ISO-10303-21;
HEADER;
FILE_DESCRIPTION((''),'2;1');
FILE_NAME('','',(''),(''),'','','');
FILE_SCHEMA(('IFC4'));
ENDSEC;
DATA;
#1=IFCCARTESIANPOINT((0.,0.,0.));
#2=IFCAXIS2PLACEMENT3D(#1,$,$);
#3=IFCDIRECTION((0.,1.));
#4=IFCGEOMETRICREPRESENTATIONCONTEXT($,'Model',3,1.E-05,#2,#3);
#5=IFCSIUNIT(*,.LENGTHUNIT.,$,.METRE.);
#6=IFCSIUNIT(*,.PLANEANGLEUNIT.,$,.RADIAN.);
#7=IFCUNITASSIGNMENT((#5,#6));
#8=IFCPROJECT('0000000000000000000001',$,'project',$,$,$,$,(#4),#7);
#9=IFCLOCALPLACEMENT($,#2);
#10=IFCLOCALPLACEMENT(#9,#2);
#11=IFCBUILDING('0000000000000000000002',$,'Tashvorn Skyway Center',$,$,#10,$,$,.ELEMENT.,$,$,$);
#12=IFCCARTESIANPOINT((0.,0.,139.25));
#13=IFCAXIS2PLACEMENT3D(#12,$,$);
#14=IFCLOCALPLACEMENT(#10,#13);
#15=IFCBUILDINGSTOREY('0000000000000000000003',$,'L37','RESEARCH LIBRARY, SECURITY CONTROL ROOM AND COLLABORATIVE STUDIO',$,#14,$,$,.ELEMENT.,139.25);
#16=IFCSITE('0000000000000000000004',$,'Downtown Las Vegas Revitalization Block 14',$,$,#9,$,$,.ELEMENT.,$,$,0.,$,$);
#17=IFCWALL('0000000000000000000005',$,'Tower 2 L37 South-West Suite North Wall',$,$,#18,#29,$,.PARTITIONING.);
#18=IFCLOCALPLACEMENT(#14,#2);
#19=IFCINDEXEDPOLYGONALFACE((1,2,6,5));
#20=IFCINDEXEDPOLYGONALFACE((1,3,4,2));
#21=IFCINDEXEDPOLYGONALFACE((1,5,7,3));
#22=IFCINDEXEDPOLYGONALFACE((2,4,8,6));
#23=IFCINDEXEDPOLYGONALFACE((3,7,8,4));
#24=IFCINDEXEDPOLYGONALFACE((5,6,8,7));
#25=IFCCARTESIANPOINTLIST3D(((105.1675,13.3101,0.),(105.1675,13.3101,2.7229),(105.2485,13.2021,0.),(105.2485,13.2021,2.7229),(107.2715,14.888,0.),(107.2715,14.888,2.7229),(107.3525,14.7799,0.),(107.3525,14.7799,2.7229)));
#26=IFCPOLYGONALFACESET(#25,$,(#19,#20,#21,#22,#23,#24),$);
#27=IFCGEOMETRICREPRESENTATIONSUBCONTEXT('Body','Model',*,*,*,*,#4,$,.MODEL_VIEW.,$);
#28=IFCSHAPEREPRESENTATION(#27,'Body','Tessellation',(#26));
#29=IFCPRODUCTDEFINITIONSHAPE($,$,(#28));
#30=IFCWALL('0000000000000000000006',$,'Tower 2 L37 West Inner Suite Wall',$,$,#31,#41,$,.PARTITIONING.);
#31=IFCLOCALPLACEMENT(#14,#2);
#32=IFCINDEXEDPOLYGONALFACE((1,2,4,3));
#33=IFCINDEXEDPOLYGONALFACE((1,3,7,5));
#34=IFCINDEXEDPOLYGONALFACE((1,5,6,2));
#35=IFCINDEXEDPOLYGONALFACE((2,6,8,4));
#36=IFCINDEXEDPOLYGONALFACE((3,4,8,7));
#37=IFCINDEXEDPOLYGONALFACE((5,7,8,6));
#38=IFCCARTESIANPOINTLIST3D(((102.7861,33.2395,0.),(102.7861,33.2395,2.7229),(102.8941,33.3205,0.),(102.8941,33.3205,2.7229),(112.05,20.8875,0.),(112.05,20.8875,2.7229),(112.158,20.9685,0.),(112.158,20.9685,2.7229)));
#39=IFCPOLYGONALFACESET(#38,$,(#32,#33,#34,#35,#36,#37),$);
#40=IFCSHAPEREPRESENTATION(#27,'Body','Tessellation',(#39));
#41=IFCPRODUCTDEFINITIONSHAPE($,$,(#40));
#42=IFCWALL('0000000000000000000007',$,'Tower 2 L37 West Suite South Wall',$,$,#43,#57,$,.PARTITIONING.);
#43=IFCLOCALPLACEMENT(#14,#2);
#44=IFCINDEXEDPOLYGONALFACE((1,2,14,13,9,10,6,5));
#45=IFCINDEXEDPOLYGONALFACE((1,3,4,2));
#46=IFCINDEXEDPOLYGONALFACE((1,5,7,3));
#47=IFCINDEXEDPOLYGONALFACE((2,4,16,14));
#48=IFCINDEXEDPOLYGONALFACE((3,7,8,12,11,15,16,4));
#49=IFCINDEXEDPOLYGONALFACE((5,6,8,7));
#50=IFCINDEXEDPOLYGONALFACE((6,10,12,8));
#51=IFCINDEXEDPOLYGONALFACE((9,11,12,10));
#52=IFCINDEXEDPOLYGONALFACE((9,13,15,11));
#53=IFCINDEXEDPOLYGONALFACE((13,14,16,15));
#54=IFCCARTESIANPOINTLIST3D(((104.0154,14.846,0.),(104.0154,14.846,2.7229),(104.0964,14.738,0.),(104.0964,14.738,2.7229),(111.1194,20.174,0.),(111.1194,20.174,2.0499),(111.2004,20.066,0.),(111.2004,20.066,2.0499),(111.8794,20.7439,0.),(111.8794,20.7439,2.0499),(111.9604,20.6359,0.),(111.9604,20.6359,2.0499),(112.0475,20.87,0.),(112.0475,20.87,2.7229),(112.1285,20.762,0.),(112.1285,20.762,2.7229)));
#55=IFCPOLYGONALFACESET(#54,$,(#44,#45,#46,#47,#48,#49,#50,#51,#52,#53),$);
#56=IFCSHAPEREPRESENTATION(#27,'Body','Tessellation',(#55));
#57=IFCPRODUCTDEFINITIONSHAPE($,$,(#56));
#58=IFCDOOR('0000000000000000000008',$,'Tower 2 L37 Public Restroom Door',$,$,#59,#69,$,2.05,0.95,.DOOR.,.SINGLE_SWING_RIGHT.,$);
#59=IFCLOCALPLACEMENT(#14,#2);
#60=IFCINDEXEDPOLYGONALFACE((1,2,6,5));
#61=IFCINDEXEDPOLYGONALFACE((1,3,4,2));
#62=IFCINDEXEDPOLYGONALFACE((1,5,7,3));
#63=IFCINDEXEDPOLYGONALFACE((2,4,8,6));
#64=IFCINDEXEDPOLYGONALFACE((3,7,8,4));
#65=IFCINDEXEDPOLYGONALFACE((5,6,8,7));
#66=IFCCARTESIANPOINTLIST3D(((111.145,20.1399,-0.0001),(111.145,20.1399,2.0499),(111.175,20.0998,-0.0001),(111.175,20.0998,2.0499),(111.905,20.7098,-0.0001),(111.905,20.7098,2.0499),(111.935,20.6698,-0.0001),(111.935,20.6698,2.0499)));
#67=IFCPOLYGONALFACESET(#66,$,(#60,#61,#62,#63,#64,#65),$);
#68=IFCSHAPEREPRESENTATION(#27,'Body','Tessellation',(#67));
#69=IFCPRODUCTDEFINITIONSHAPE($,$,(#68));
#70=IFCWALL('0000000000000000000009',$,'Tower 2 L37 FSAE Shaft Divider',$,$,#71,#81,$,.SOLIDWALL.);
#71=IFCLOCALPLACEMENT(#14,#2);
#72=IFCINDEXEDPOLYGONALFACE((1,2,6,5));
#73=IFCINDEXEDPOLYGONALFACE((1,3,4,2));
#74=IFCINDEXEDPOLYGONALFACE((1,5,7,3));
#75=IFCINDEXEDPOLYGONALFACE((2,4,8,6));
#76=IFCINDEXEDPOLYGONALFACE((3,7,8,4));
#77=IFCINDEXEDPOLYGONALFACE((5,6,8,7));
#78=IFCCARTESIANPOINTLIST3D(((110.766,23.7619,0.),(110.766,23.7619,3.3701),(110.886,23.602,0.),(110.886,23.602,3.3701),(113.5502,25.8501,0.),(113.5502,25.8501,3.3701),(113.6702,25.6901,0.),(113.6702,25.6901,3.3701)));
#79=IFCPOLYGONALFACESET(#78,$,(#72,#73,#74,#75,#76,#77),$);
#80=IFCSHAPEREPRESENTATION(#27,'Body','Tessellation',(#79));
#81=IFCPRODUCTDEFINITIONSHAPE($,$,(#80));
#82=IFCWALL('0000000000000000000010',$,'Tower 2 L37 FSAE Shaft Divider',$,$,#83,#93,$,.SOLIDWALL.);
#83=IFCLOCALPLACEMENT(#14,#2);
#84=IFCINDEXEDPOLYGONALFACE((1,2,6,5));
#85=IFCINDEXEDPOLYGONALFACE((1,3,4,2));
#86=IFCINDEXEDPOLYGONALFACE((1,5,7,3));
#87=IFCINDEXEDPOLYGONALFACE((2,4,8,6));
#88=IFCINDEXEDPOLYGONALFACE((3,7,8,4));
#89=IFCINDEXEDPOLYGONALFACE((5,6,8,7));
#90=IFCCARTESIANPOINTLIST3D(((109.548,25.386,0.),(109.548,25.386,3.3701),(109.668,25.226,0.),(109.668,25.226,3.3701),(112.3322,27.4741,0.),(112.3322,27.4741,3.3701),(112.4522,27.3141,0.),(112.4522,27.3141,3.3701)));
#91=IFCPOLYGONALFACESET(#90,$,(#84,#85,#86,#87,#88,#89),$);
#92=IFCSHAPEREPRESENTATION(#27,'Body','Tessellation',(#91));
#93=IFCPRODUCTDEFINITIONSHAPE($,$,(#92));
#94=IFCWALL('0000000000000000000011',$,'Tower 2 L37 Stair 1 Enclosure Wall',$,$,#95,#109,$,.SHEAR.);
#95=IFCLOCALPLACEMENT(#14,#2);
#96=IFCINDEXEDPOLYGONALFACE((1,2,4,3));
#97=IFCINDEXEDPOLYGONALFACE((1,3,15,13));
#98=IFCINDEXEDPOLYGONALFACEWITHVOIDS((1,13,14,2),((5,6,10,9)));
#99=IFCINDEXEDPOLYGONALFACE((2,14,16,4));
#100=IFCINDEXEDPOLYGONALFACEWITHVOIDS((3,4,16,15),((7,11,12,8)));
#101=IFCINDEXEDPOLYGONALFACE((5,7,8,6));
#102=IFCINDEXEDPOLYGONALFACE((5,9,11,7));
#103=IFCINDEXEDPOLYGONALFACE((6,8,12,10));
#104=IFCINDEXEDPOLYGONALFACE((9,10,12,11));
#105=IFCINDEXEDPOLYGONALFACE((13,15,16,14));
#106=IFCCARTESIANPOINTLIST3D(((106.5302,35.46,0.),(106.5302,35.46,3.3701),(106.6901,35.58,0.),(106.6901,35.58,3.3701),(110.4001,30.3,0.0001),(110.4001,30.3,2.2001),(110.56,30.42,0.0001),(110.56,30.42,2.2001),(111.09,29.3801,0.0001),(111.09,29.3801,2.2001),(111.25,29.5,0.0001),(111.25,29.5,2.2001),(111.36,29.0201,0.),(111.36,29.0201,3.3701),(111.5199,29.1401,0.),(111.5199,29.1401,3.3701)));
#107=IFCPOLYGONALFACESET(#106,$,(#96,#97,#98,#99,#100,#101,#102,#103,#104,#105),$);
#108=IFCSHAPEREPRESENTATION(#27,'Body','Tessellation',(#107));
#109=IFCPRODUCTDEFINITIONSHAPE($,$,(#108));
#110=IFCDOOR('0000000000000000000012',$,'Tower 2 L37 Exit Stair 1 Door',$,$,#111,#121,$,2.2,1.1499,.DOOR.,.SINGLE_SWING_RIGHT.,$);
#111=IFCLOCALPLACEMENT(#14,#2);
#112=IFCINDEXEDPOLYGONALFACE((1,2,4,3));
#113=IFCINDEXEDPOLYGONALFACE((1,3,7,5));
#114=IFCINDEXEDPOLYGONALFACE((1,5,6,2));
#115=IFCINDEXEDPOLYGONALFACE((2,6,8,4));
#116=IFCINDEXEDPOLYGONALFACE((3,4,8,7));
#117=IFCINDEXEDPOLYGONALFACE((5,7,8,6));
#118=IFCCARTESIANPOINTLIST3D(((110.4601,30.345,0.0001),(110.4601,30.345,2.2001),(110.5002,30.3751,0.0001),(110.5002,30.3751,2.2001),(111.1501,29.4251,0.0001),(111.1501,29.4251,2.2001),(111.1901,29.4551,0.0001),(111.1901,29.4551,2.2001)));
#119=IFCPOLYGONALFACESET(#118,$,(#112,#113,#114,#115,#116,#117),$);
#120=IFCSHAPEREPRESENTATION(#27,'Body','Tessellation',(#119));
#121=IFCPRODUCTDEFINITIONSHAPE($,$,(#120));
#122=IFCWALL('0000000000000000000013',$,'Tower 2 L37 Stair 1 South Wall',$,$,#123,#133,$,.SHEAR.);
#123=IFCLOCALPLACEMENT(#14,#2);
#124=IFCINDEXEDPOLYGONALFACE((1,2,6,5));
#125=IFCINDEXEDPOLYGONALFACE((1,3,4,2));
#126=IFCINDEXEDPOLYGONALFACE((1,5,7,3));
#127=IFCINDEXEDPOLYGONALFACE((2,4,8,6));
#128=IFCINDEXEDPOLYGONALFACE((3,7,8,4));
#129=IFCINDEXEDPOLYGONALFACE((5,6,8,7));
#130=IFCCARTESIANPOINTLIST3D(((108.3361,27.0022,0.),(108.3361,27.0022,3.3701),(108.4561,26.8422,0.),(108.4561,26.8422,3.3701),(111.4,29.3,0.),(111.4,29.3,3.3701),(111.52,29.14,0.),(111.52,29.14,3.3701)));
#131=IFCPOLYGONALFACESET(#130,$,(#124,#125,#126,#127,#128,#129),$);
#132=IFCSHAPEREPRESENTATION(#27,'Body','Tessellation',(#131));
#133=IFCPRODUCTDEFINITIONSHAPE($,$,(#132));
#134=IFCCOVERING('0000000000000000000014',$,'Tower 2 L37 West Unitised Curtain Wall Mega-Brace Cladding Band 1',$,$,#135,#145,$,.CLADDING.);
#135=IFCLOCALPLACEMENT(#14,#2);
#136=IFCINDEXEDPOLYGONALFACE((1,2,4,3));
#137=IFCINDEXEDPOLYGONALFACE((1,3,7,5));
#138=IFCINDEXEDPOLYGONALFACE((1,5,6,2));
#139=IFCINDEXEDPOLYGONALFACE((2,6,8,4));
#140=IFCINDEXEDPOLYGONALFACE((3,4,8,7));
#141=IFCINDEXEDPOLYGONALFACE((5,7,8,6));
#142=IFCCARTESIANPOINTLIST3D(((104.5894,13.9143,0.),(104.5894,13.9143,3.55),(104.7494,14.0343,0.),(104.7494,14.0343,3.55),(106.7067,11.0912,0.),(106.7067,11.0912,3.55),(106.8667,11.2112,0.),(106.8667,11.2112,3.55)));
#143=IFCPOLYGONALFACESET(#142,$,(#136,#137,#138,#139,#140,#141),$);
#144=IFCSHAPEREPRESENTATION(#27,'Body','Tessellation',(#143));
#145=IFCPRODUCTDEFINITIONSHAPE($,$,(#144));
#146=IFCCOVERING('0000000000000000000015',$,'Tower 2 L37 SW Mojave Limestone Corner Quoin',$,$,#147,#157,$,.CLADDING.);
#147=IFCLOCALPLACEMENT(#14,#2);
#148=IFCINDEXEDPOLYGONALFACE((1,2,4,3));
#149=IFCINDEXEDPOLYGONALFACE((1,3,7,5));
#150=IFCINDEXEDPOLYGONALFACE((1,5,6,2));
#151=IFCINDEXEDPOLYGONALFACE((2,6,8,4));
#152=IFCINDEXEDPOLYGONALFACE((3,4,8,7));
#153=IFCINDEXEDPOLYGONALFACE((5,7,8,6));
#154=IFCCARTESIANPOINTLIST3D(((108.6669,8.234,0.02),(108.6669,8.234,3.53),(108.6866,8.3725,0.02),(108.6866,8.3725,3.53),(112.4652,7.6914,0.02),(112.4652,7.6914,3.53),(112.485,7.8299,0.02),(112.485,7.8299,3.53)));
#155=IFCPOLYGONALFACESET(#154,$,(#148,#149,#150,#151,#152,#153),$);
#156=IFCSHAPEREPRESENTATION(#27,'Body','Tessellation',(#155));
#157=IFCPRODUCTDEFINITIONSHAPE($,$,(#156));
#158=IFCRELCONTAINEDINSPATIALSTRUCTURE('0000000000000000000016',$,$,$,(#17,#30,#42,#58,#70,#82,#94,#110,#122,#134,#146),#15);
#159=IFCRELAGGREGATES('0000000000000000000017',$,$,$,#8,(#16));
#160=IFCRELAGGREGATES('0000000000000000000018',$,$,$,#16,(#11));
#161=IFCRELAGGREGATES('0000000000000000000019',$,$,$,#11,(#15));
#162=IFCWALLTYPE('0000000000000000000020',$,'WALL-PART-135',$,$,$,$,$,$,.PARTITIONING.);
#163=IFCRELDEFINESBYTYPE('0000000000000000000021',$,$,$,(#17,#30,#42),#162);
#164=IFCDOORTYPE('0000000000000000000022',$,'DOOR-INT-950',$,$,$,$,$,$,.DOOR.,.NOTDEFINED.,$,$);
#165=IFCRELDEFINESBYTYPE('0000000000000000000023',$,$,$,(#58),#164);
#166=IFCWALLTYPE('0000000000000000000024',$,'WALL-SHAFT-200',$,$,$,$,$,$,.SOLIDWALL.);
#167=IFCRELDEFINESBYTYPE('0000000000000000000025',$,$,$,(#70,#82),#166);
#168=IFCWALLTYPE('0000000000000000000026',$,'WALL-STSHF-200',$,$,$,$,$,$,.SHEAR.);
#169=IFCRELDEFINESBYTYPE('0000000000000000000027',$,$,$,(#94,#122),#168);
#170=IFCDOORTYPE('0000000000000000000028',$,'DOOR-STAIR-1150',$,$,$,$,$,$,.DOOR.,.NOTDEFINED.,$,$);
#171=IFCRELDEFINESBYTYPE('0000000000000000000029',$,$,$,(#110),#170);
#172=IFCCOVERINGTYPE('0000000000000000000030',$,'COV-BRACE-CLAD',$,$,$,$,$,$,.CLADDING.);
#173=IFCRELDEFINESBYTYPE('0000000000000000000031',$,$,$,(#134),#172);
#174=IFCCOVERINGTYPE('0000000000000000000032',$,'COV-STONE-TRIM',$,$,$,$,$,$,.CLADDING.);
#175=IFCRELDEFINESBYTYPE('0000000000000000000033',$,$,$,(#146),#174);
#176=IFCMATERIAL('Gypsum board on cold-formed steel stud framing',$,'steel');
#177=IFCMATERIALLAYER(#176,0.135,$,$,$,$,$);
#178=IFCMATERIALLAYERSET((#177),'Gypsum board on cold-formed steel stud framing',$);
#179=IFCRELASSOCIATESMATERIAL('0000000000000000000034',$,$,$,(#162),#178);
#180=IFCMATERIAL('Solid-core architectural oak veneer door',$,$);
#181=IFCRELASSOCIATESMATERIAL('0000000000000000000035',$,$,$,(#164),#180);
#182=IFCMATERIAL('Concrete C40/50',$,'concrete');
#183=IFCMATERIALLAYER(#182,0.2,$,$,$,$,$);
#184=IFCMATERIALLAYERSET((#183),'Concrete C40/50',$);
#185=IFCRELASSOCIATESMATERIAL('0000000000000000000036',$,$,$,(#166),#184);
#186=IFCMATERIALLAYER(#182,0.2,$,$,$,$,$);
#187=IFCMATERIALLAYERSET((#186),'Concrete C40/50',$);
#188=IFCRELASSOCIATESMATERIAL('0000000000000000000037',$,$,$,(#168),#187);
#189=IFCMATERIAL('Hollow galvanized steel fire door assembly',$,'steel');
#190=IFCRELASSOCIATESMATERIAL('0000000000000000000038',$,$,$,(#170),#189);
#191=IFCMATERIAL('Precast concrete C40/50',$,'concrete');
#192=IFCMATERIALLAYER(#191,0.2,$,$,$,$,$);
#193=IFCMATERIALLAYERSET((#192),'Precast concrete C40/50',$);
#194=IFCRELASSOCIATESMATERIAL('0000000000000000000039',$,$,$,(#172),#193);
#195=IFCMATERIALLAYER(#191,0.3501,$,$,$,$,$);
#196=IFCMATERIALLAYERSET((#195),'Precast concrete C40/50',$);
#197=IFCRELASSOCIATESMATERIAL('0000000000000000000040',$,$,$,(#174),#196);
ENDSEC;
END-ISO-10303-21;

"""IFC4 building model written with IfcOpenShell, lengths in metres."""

from ifc_helpers import new_model, si_unit, direction, frame, frame_2d, origin, origin_2d, place, context, subcontext, project, spatial, rectangle, extrude, material, layer, layer_set, type_object, element, fill, save


model = new_model("IFC4")

# Units and contexts
model_context = context("Model", 3, precision=1e-05, world=origin(), true_north=direction((0.0, 1.0)))
body_context = subcontext(model_context, "Body", "Model", "MODEL_VIEW")
ifc_project = project(units=[si_unit("LENGTHUNIT", "METRE"), si_unit("PLANEANGLEUNIT", "RADIAN")], contexts=[model_context])

# Site, building, storey
site_placement = place(None, origin())
site = spatial("IfcSite", under=ifc_project, at=site_placement, Name="Downtown Las Vegas Revitalization Block 14", CompositionType="ELEMENT", RefElevation=0.0)
building_placement = place(site_placement, origin())
building = spatial("IfcBuilding", under=site, at=building_placement, Name="Tashvorn Skyway Center", CompositionType="ELEMENT")
storey_placement = place(building_placement, frame((0.0, 0.0, 139.25)))
storey = spatial("IfcBuildingStorey", under=building, at=storey_placement, Name="L37", Description="RESEARCH LIBRARY, SECURITY CONTROL ROOM AND COLLABORATIVE STUDIO", CompositionType="ELEMENT", Elevation=139.25)

# Walls
ifc_material_1 = material(Name="Precast concrete C40/50", Category="concrete")
ifc_material_2 = material(Name="Gypsum board on cold-formed steel stud framing", Category="steel")
ifc_layer_1 = layer(ifc_material_2, 0.135)
ifc_layer_set_1 = layer_set([ifc_layer_1], Name="Gypsum board on cold-formed steel stud framing")
wall_type_1 = type_object("IfcWallType", Name="WALL-PART-135", PredefinedType="PARTITIONING", material=ifc_layer_set_1)
wall_1_placement = place(storey_placement, frame((105.208, 13.2561, 0.0), z_axis=(0.0, 0.0, 1.0), x_axis=(0.800022, 0.59997, 0.0)))
element("IfcWall", 1, at=wall_1_placement, inside=storey, type_object=wall_type_1, Name="Tower 2 L37 South-West Suite North Wall", PredefinedType="PARTITIONING", context=body_context, shape_type="SweptSolid", body=[
    extrude(rectangle(XDim=2.6299, YDim=0.135, at=frame_2d((1.3149, 0.0))), origin(), (0.0, 0.0, 1.0), 2.7229),
])
wall_2_placement = place(storey_placement, frame((112.104, 20.928, 0.0), z_axis=(0.0, 0.0, 1.0), x_axis=(-0.599995, 0.800004, 0.0)))
element("IfcWall", 2, at=wall_2_placement, inside=storey, type_object=wall_type_1, Name="Tower 2 L37 West Inner Suite Wall", PredefinedType="PARTITIONING", context=body_context, shape_type="SweptSolid", body=[
    extrude(rectangle(XDim=15.4399, YDim=0.135, at=frame_2d((7.72, 0.0))), origin(), (0.0, 0.0, 1.0), 2.7229),
])

# Wall, opening, door
wall_3_placement = place(storey_placement, frame((104.0559, 14.792, 0.0), z_axis=(0.0, 0.0, 1.0), x_axis=(0.800003, 0.599996, 0.0)))
wall_3 = element("IfcWall", 3, at=wall_3_placement, inside=storey, type_object=wall_type_1, Name="Tower 2 L37 West Suite South Wall", PredefinedType="PARTITIONING", context=body_context, shape_type="SweptSolid", body=[
    extrude(rectangle(XDim=10.04, YDim=0.135, at=frame_2d((5.02, 0.0))), origin(), (0.0, 0.0, 1.0), 2.7229),
])
opening_1_placement = place(wall_3_placement, frame((8.8799, 0.0, 0.0)))
opening_1 = element("IfcOpeningElement", 4, at=opening_1_placement, cuts=wall_3, PredefinedType="OPENING", context=body_context, shape_type="SweptSolid", body=[
    extrude(rectangle(XDim=0.95, YDim=2.05, at=frame_2d((0.4751, 1.0249))), frame((0.0, 0.0774, 0.0), z_axis=(0.0, -1.0, 0.0), x_axis=(1.0, 0.0, 0.0)), (0.0, 0.0, 1.0), 0.155),
])
ifc_material_3 = material(Name="Solid-core architectural oak veneer door")
door_type_1 = type_object("IfcDoorType", Name="DOOR-INT-950", OperationType="NOTDEFINED", PredefinedType="DOOR", material=ifc_material_3)
door_1_placement = place(opening_1_placement, origin())
door_1 = element("IfcDoor", 5, at=door_1_placement, inside=storey, type_object=door_type_1, Name="Tower 2 L37 Public Restroom Door", OperationType="SINGLE_SWING_RIGHT", OverallHeight=2.05, OverallWidth=0.95, PredefinedType="DOOR", context=body_context, shape_type="SweptSolid", body=[
    extrude(rectangle(XDim=0.95, YDim=2.05, at=frame_2d((0.4751, 1.0249))), frame((0.0, 0.0249, 0.0), z_axis=(0.0, -1.0, 0.0), x_axis=(1.0, 0.0, 0.0)), (0.0, 0.0, 1.0), 0.05),
])
fill(opening_1, door_1)

# Walls
ifc_material_4 = material(Name="Concrete C40/50", Category="concrete")
ifc_layer_2 = layer(ifc_material_4, 0.2)
ifc_layer_set_2 = layer_set([ifc_layer_2], Name="Concrete C40/50")
wall_type_2 = type_object("IfcWallType", Name="WALL-SHAFT-200", PredefinedType="SOLIDWALL", material=ifc_layer_set_2)
for number, where, z_axis, x_axis, name in (
    (6, (110.8259, 23.6819, 0.0), (0.0, 0.0, 1.0), (0.8, 0.6, 0.0), "Tower 2 L37 FSAE Shaft Divider"),
    (7, (109.6079, 25.3059, 0.0), (0.0, 0.0, 1.0), (0.8, 0.6, 0.0), "Tower 2 L37 FSAE Shaft Divider"),
):
    element("IfcWall", number, at=place(storey_placement, frame(where, z_axis=z_axis, x_axis=x_axis)), inside=storey, type_object=wall_type_2, Name=name, PredefinedType="SOLIDWALL", context=body_context, shape_type="SweptSolid", body=[
        extrude(rectangle(XDim=3.4802, YDim=0.2, at=frame_2d((1.7402, 0.0))), origin(), (0.0, 0.0, 1.0), 3.3701),
    ])

# Wall, opening, door
ifc_layer_3 = layer(ifc_material_4, 0.2)
ifc_layer_set_3 = layer_set([ifc_layer_3], Name="Concrete C40/50")
wall_type_3 = type_object("IfcWallType", Name="WALL-STSHF-200", PredefinedType="SHEAR", material=ifc_layer_set_3)
wall_4_placement = place(storey_placement, frame((111.4399, 29.0801, 0.0), z_axis=(0.0, 0.0, 1.0), x_axis=(-0.59999, 0.800007, 0.0)))
wall_4 = element("IfcWall", 8, at=wall_4_placement, inside=storey, type_object=wall_type_3, Name="Tower 2 L37 Stair 1 Enclosure Wall", PredefinedType="SHEAR", context=body_context, shape_type="SweptSolid", body=[
    extrude(rectangle(XDim=8.0498, YDim=0.2, at=frame_2d((4.0249, 0.0))), origin(), (0.0, 0.0, 1.0), 3.3701),
])
opening_2_placement = place(wall_4_placement, frame((0.45, 0.0, 0.0)))
opening_2 = element("IfcOpeningElement", 9, at=opening_2_placement, cuts=wall_4, PredefinedType="OPENING", context=body_context, shape_type="SweptSolid", body=[
    extrude(rectangle(XDim=1.1499, YDim=2.2, at=frame_2d((0.575, 1.1001))), frame((0.0, 0.1099, 0.0), z_axis=(0.0, -1.0, 0.0), x_axis=(1.0, 0.0, 0.0)), (0.0, 0.0, 1.0), 0.22),
])
ifc_material_5 = material(Name="Hollow galvanized steel fire door assembly", Category="steel")
door_type_2 = type_object("IfcDoorType", Name="DOOR-STAIR-1150", OperationType="NOTDEFINED", PredefinedType="DOOR", material=ifc_material_5)
door_2_placement = place(opening_2_placement, origin())
door_2 = element("IfcDoor", 10, at=door_2_placement, inside=storey, type_object=door_type_2, Name="Tower 2 L37 Exit Stair 1 Door", OperationType="SINGLE_SWING_RIGHT", OverallHeight=2.2, OverallWidth=1.1499, PredefinedType="DOOR", context=body_context, shape_type="SweptSolid", body=[
    extrude(rectangle(XDim=1.1499, YDim=2.2, at=frame_2d((0.575, 1.1001))), frame((0.0, 0.0249, 0.0), z_axis=(0.0, -1.0, 0.0), x_axis=(1.0, 0.0, 0.0)), (0.0, 0.0, 1.0), 0.05),
])
fill(opening_2, door_2)

# Wall
wall_5_placement = place(storey_placement, frame((108.396, 26.9221, 0.0), z_axis=(0.0, 0.0, 1.0), x_axis=(0.800015, 0.59998, 0.0)))
element("IfcWall", 11, at=wall_5_placement, inside=storey, type_object=wall_type_3, Name="Tower 2 L37 Stair 1 South Wall", PredefinedType="SHEAR", context=body_context, shape_type="SweptSolid", body=[
    extrude(rectangle(XDim=3.8298, YDim=0.2, at=frame_2d((1.915, 0.0))), origin(), (0.0, 0.0, 1.0), 3.3701),
])

# Coverings
ifc_layer_4 = layer(ifc_material_1, 0.2)
ifc_layer_set_4 = layer_set([ifc_layer_4], Name="Precast concrete C40/50")
covering_type_1 = type_object("IfcCoveringType", Name="COV-BRACE-CLAD", PredefinedType="CLADDING", material=ifc_layer_set_4)
covering_1_placement = place(storey_placement, frame((105.728, 12.5627, 0.0), z_axis=(0.0, 0.0, 1.0), x_axis=(-0.6, 0.8, 0.0)))
element("IfcCovering", 12, at=covering_1_placement, inside=storey, type_object=covering_type_1, Name="Tower 2 L37 West Unitised Curtain Wall Mega-Brace Cladding Band 1", PredefinedType="CLADDING", context=body_context, shape_type="SweptSolid", body=[
    extrude(rectangle(XDim=3.5288, YDim=0.2, at=origin_2d()), origin(), (0.0, 0.0, 1.0), 3.55),
])
ifc_layer_5 = layer(ifc_material_1, 0.3501)
ifc_layer_set_5 = layer_set([ifc_layer_5], Name="Precast concrete C40/50")
covering_type_2 = type_object("IfcCoveringType", Name="COV-STONE-TRIM", PredefinedType="CLADDING", material=ifc_layer_set_5)
covering_2_placement = place(storey_placement, frame((110.5759, 8.032, 0.02), z_axis=(0.0, 0.0, 1.0), x_axis=(-0.989949, 0.141421, 0.0)))
element("IfcCovering", 13, at=covering_2_placement, inside=storey, type_object=covering_type_2, Name="Tower 2 L37 SW Mojave Limestone Corner Quoin", PredefinedType="CLADDING", context=body_context, shape_type="SweptSolid", body=[
    extrude(rectangle(XDim=3.8369, YDim=0.1399, at=origin_2d()), origin(), (0.0, 0.0, 1.0), 3.51),
])

save(model, "model.ifc")
